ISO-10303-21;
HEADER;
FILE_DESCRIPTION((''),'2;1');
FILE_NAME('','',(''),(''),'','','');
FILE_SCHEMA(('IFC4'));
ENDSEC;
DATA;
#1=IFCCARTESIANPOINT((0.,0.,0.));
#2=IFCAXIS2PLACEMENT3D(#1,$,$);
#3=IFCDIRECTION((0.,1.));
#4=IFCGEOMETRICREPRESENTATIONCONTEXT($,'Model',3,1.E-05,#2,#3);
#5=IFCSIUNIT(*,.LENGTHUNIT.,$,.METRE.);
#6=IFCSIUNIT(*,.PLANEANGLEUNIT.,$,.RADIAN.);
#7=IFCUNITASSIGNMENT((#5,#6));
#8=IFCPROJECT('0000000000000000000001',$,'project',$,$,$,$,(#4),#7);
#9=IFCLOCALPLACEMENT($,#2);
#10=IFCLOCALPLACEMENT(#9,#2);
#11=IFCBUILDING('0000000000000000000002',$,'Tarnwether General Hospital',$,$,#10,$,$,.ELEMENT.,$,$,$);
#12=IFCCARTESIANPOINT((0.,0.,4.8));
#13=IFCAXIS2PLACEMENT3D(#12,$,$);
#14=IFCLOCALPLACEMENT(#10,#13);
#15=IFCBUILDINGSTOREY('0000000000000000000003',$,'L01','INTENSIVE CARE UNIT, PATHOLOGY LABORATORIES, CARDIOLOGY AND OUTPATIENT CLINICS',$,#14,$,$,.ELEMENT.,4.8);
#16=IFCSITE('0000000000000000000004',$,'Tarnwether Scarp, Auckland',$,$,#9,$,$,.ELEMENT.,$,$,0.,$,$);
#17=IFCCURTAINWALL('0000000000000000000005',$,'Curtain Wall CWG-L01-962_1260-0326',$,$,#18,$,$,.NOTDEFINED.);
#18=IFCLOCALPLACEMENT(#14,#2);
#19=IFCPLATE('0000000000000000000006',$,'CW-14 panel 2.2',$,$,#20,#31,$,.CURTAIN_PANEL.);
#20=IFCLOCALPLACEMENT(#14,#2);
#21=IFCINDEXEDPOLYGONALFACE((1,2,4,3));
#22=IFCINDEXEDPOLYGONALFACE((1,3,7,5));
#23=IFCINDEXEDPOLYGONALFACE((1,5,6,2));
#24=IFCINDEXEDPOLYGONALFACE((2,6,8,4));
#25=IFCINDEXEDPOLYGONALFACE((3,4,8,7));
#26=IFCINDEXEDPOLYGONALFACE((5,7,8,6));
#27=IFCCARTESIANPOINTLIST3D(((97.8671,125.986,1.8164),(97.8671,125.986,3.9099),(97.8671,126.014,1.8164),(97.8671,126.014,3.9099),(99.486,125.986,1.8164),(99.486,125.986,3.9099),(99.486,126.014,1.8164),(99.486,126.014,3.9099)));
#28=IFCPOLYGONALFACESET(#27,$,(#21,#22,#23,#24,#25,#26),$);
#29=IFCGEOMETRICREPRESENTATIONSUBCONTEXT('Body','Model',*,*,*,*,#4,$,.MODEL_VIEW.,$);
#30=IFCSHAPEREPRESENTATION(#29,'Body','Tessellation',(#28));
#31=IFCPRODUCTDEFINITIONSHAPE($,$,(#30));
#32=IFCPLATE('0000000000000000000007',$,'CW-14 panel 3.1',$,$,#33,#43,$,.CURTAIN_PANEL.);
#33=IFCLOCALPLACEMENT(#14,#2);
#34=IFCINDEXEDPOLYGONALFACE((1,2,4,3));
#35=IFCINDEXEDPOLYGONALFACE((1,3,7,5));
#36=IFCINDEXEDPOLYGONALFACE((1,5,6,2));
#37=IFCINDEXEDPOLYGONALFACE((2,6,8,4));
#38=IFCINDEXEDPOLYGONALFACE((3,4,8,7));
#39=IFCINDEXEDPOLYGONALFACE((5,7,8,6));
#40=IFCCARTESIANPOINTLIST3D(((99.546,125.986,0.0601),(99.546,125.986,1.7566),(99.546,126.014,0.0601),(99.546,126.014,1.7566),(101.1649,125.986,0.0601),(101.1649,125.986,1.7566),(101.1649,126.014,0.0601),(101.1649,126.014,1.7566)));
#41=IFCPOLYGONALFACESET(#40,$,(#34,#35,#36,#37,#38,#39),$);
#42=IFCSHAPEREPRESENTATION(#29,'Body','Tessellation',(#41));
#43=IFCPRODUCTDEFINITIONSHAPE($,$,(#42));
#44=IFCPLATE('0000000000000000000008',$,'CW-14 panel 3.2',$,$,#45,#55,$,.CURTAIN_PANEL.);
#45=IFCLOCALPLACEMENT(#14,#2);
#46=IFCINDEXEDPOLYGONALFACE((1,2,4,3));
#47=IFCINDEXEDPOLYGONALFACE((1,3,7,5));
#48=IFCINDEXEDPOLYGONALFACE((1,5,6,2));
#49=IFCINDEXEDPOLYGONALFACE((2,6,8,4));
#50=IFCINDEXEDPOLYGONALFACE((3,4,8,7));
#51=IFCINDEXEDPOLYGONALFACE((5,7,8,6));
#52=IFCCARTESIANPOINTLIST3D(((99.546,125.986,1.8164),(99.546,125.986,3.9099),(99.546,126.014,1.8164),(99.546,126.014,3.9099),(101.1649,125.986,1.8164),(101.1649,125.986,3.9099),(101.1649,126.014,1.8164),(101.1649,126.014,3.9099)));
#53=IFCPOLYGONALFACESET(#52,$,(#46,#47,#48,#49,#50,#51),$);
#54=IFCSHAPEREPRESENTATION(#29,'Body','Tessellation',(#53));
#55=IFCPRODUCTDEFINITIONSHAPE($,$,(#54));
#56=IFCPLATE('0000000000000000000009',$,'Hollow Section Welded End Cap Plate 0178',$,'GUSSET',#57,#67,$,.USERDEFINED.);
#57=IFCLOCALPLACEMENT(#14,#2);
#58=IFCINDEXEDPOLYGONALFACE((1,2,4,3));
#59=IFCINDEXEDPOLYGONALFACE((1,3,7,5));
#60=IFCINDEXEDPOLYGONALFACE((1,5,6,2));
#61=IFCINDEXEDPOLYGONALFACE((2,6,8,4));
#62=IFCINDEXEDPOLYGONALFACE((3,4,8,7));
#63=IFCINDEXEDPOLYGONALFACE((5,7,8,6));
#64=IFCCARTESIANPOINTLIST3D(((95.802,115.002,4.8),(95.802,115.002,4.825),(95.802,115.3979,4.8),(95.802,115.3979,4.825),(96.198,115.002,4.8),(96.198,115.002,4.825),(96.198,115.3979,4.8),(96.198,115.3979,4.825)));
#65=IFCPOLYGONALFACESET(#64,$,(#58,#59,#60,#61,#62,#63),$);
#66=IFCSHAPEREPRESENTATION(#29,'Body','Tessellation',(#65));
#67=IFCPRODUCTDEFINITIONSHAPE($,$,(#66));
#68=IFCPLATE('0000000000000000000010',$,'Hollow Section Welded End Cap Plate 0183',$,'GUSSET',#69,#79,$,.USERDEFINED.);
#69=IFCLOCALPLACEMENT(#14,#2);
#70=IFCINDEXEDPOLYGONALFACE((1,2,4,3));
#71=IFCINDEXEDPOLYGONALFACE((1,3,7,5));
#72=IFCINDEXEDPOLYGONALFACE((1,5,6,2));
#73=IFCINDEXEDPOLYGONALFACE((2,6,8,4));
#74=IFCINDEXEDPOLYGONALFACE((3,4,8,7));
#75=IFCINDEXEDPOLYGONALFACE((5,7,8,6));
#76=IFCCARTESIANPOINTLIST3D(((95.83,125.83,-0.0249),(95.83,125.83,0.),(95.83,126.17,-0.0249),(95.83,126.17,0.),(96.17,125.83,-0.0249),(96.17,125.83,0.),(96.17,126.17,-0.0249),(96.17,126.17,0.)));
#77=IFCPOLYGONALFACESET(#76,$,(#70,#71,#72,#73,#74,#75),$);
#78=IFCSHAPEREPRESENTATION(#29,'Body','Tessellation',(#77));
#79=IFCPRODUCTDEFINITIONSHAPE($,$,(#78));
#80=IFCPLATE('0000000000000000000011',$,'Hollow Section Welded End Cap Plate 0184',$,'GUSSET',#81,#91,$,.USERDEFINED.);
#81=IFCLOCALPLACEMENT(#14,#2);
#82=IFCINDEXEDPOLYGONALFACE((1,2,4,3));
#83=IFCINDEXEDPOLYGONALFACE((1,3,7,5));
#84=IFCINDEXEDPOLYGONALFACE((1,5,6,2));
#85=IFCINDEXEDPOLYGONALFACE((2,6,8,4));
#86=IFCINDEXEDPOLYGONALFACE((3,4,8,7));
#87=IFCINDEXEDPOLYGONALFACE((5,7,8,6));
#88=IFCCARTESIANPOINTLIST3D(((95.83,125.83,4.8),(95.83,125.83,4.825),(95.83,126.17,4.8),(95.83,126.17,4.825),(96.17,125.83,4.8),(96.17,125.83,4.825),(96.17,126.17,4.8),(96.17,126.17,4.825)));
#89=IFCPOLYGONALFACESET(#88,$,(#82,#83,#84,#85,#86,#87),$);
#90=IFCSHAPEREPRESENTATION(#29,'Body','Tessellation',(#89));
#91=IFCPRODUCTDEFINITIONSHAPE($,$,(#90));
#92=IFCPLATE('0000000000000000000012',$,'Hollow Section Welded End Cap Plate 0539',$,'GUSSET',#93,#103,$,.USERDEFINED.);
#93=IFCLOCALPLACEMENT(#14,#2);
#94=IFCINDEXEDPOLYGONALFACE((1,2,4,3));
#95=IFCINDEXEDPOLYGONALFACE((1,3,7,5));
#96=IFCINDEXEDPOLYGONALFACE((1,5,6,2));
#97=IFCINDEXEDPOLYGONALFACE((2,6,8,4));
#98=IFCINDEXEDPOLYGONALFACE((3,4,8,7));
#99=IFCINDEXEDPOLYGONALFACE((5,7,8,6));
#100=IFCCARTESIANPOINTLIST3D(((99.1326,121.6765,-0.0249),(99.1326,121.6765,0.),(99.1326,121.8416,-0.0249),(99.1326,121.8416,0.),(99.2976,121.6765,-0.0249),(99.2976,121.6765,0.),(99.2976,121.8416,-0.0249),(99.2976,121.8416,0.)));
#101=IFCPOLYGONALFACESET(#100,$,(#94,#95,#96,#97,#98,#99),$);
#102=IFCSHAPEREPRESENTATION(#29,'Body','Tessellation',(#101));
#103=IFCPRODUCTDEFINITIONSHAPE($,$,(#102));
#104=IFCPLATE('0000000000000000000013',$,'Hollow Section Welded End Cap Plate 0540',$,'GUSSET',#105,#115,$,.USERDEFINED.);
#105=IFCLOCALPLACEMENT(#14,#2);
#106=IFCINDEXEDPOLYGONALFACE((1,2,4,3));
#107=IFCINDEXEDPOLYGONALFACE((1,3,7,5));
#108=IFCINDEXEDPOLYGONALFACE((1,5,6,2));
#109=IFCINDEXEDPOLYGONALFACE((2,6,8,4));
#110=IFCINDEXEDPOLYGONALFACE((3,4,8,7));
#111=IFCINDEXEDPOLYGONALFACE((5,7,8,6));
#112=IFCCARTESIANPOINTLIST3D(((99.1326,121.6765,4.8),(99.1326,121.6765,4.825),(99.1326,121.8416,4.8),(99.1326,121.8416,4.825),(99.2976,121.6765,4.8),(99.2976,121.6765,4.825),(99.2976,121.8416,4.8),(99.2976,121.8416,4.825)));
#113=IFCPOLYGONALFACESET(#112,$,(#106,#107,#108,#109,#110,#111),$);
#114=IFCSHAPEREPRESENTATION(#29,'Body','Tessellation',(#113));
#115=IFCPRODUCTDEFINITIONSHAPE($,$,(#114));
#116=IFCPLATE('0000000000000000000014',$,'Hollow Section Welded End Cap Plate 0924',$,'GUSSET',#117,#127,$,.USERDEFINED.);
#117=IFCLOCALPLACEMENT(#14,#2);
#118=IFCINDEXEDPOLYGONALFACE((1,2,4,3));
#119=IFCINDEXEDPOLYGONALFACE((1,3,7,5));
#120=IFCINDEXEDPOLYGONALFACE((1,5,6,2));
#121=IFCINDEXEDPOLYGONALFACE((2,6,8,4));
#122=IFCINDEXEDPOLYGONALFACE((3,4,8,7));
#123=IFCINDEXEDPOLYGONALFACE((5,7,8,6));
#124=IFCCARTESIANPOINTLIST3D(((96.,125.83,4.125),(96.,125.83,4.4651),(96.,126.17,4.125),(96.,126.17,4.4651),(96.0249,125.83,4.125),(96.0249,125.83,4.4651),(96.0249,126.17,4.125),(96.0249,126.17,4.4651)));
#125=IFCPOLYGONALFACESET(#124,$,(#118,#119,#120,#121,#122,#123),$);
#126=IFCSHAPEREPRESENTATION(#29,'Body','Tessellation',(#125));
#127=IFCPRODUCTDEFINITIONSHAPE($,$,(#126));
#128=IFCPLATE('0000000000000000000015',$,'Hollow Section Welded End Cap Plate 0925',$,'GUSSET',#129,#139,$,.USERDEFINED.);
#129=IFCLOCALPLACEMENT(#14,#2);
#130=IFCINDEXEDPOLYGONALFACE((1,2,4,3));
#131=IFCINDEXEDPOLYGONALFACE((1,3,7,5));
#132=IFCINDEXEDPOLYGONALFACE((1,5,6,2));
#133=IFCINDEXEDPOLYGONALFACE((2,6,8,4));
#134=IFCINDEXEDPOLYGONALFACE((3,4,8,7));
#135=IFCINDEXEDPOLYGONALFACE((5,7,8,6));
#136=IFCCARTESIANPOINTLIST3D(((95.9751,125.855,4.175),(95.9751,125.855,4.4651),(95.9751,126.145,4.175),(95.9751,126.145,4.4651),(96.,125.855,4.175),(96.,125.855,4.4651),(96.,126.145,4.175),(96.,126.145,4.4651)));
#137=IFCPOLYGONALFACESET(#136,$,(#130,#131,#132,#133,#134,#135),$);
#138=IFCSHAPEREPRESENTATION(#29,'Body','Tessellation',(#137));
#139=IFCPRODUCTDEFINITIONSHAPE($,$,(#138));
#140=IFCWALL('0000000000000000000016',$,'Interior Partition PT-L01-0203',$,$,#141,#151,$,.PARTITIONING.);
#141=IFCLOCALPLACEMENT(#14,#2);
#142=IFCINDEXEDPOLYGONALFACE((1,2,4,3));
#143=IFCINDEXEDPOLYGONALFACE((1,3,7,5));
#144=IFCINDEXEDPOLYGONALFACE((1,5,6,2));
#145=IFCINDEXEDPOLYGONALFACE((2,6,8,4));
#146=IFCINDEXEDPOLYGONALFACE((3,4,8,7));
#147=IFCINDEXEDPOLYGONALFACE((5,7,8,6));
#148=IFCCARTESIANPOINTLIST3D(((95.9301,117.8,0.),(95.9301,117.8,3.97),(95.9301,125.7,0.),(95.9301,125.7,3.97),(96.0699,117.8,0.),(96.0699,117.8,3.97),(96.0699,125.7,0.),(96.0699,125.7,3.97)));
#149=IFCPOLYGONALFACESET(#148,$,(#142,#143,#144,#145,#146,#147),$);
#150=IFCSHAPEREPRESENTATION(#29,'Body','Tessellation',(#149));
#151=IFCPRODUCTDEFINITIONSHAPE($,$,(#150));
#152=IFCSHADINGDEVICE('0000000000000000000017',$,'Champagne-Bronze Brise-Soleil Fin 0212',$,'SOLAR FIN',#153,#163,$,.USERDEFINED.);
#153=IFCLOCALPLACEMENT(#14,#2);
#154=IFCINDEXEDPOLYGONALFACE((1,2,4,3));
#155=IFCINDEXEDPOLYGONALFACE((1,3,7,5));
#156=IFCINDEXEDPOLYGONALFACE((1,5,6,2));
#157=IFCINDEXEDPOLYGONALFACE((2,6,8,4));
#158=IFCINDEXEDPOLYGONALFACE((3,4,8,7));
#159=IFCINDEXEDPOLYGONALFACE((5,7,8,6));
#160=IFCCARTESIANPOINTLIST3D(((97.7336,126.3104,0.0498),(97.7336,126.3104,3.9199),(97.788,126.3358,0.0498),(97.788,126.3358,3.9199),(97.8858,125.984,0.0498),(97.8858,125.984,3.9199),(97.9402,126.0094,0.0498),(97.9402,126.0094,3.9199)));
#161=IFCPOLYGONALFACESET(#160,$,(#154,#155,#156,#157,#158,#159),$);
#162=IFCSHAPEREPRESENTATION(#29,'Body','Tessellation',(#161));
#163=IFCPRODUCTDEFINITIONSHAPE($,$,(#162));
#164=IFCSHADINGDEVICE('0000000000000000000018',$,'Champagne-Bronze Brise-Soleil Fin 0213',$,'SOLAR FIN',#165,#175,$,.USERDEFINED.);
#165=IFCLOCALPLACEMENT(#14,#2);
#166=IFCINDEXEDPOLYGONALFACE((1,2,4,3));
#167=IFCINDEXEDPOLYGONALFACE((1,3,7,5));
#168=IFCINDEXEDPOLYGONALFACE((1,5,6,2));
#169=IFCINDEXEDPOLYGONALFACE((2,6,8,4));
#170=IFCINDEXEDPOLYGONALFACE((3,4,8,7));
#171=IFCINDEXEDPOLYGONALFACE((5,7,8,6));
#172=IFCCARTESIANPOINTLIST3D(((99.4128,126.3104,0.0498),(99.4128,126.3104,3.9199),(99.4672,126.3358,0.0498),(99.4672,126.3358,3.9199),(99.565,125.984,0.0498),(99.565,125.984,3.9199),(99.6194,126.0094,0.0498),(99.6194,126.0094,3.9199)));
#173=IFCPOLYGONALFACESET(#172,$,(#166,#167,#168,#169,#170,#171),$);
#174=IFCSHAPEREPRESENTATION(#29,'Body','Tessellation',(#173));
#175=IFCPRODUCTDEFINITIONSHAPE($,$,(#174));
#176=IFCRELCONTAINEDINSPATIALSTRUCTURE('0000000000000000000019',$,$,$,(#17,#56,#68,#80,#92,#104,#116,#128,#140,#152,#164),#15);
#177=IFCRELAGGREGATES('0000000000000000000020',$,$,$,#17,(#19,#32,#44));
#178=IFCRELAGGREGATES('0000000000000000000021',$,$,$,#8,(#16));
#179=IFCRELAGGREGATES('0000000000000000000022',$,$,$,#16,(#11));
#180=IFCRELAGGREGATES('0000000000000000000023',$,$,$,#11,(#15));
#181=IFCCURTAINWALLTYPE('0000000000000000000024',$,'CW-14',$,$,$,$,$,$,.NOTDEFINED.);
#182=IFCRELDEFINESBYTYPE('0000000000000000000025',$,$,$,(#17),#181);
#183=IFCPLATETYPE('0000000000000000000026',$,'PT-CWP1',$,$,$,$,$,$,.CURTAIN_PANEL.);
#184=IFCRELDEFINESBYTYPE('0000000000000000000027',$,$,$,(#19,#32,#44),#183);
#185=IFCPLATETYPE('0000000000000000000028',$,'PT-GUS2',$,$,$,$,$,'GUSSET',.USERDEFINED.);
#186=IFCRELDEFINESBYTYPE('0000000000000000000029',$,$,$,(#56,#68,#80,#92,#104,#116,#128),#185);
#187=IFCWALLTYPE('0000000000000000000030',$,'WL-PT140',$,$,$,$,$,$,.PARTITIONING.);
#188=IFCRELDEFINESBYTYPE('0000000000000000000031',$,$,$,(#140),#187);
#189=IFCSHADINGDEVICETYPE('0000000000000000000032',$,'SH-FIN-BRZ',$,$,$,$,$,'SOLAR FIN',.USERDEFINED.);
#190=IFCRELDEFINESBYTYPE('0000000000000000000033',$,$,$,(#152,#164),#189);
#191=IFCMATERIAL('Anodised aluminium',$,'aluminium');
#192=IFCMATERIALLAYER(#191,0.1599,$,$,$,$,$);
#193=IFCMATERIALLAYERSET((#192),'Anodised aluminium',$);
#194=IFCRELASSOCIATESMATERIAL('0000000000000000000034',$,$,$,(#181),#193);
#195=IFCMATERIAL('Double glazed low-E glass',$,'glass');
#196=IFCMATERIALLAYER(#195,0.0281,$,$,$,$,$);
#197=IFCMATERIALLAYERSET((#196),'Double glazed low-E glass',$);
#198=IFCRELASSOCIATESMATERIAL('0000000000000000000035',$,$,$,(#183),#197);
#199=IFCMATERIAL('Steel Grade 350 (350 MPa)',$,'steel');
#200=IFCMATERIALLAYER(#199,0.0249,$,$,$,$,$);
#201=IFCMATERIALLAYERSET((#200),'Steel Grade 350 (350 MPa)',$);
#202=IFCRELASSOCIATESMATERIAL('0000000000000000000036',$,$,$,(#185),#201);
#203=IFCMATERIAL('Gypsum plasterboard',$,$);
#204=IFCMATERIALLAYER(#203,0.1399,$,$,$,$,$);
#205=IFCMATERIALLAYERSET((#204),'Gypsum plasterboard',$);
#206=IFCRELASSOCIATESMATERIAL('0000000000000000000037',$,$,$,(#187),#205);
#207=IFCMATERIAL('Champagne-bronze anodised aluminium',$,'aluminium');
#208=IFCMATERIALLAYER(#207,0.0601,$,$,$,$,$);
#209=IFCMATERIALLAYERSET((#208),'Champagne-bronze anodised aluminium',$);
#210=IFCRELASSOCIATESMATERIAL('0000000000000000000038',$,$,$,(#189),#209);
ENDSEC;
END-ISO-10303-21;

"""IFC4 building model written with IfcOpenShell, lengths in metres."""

from ifc_helpers import new_model, si_unit, direction, frame, frame_2d, origin, origin_2d, place, context, subcontext, project, spatial, rectangle, extrude, material, layer, layer_set, type_object, element, aggregate, save


model = new_model("IFC4")

# Units and contexts
model_context = context("Model", 3, precision=1e-05, world=origin(), true_north=direction((0.0, 1.0)))
body_context = subcontext(model_context, "Body", "Model", "MODEL_VIEW")
ifc_project = project(units=[si_unit("LENGTHUNIT", "METRE"), si_unit("PLANEANGLEUNIT", "RADIAN")], contexts=[model_context])

# Site, building, storey
site_placement = place(None, origin())
site = spatial("IfcSite", under=ifc_project, at=site_placement, Name="Tarnwether Scarp, Auckland", CompositionType="ELEMENT", RefElevation=0.0)
building_placement = place(site_placement, origin())
building = spatial("IfcBuilding", under=site, at=building_placement, Name="Tarnwether General Hospital", CompositionType="ELEMENT")
storey_placement = place(building_placement, frame((0.0, 0.0, 4.8)))
storey = spatial("IfcBuildingStorey", under=building, at=storey_placement, Name="L01", Description="INTENSIVE CARE UNIT, PATHOLOGY LABORATORIES, CARDIOLOGY AND OUTPATIENT CLINICS", CompositionType="ELEMENT", Elevation=4.8)

# Shared definitions
ifc_material_1 = material(Name="Anodised aluminium", Category="aluminium")
ifc_layer_1 = layer(ifc_material_1, 0.1599)
ifc_layer_set_1 = layer_set([ifc_layer_1], Name="Anodised aluminium")
curtain_wall_type = type_object("IfcCurtainWallType", Name="CW-14", PredefinedType="NOTDEFINED", material=ifc_layer_set_1)

# Curtain wall
curtain_wall_1_placement = place(storey_placement, origin())
curtain_wall_1 = element("IfcCurtainWall", 1, at=curtain_wall_1_placement, inside=storey, type_object=curtain_wall_type, Name="Curtain Wall CWG-L01-962_1260-0326", PredefinedType="NOTDEFINED")

# Plates
ifc_material_2 = material(Name="Double glazed low-E glass", Category="glass")
ifc_layer_2 = layer(ifc_material_2, 0.0281)
ifc_layer_set_2 = layer_set([ifc_layer_2], Name="Double glazed low-E glass")
plate_type_1 = type_object("IfcPlateType", Name="PT-CWP1", PredefinedType="CURTAIN_PANEL", material=ifc_layer_set_2)
plate_1_placement = place(storey_placement, frame((98.6765, 126.0, 1.8164), z_axis=(0.0, 0.0, 1.0), x_axis=(1.0, 0.0, 0.0)))
plate_1 = element("IfcPlate", 2, at=plate_1_placement, type_object=plate_type_1, Name="CW-14 panel 2.2", PredefinedType="CURTAIN_PANEL", context=body_context, shape_type="SweptSolid", body=[
    extrude(rectangle(XDim=1.6189, YDim=0.0281, at=origin_2d()), origin(), (0.0, 0.0, 1.0), 2.0935),
])
plate_2_placement = place(storey_placement, frame((100.3555, 126.0, 0.0601), z_axis=(0.0, 0.0, 1.0), x_axis=(1.0, 0.0, 0.0)))
plate_2 = element("IfcPlate", 3, at=plate_2_placement, type_object=plate_type_1, Name="CW-14 panel 3.1", PredefinedType="CURTAIN_PANEL", context=body_context, shape_type="SweptSolid", body=[
    extrude(rectangle(XDim=1.6189, YDim=0.0281, at=origin_2d()), origin(), (0.0, 0.0, 1.0), 1.6965),
])
plate_3_placement = place(storey_placement, frame((100.3555, 126.0, 1.8164), z_axis=(0.0, 0.0, 1.0), x_axis=(1.0, 0.0, 0.0)))
plate_3 = element("IfcPlate", 4, at=plate_3_placement, type_object=plate_type_1, Name="CW-14 panel 3.2", PredefinedType="CURTAIN_PANEL", context=body_context, shape_type="SweptSolid", body=[
    extrude(rectangle(XDim=1.6189, YDim=0.0281, at=origin_2d()), origin(), (0.0, 0.0, 1.0), 2.0935),
])
aggregate(curtain_wall_1, [plate_1, plate_2, plate_3])

# Plates
ifc_material_3 = material(Name="Steel Grade 350 (350 MPa)", Category="steel")
ifc_layer_3 = layer(ifc_material_3, 0.0249)
ifc_layer_set_3 = layer_set([ifc_layer_3], Name="Steel Grade 350 (350 MPa)")
plate_type_2 = type_object("IfcPlateType", Name="PT-GUS2", ElementType="GUSSET", PredefinedType="USERDEFINED", material=ifc_layer_set_3)
plate_4_placement = place(storey_placement, frame((96.0, 115.2, 4.8), z_axis=(0.0, 0.0, 1.0), x_axis=(1.0, 0.0, 0.0)))
element("IfcPlate", 5, at=plate_4_placement, inside=storey, type_object=plate_type_2, Name="Hollow Section Welded End Cap Plate 0178", ObjectType="GUSSET", PredefinedType="USERDEFINED", context=body_context, shape_type="SweptSolid", body=[
    extrude(rectangle(XDim=0.396, YDim=0.396, at=origin_2d()), origin(), (0.0, 0.0, 1.0), 0.0249),
])
for number, where, z_axis, x_axis, name in (
    (6, (96.0, 126.0, -0.0249), (0.0, 0.0, 1.0), (1.0, 0.0, 0.0), "Hollow Section Welded End Cap Plate 0183"),
    (7, (96.0, 126.0, 4.8), (0.0, 0.0, 1.0), (1.0, 0.0, 0.0), "Hollow Section Welded End Cap Plate 0184"),
):
    element("IfcPlate", number, at=place(storey_placement, frame(where, z_axis=z_axis, x_axis=x_axis)), inside=storey, type_object=plate_type_2, Name=name, ObjectType="GUSSET", PredefinedType="USERDEFINED", context=body_context, shape_type="SweptSolid", body=[
        extrude(rectangle(XDim=0.3401, YDim=0.3401, at=origin_2d()), origin(), (0.0, 0.0, 1.0), 0.0249),
    ])
for number, where, z_axis, x_axis, name in (
    (8, (99.2151, 121.759, -0.0249), (0.0, 0.0, 1.0), (1.0, 0.0, 0.0), "Hollow Section Welded End Cap Plate 0539"),
    (9, (99.2151, 121.759, 4.8), (0.0, 0.0, 1.0), (1.0, 0.0, 0.0), "Hollow Section Welded End Cap Plate 0540"),
):
    element("IfcPlate", number, at=place(storey_placement, frame(where, z_axis=z_axis, x_axis=x_axis)), inside=storey, type_object=plate_type_2, Name=name, ObjectType="GUSSET", PredefinedType="USERDEFINED", context=body_context, shape_type="SweptSolid", body=[
        extrude(rectangle(XDim=0.165, YDim=0.165, at=origin_2d()), origin(), (0.0, 0.0, 1.0), 0.0249),
    ])
plate_5_placement = place(storey_placement, frame((96.0125, 126.0, 4.125), z_axis=(0.0, 0.0, 1.0), x_axis=(1.0, 0.0, 0.0)))
element("IfcPlate", 10, at=plate_5_placement, inside=storey, type_object=plate_type_2, Name="Hollow Section Welded End Cap Plate 0924", ObjectType="GUSSET", PredefinedType="USERDEFINED", context=body_context, shape_type="SweptSolid", body=[
    extrude(rectangle(XDim=0.0249, YDim=0.3401, at=origin_2d()), origin(), (0.0, 0.0, 1.0), 0.3401),
])
plate_6_placement = place(storey_placement, frame((95.9875, 126.0, 4.175), z_axis=(0.0, 0.0, 1.0), x_axis=(1.0, 0.0, 0.0)))
element("IfcPlate", 11, at=plate_6_placement, inside=storey, type_object=plate_type_2, Name="Hollow Section Welded End Cap Plate 0925", ObjectType="GUSSET", PredefinedType="USERDEFINED", context=body_context, shape_type="SweptSolid", body=[
    extrude(rectangle(XDim=0.0249, YDim=0.29, at=origin_2d()), origin(), (0.0, 0.0, 1.0), 0.29),
])

# Wall
ifc_material_4 = material(Name="Gypsum plasterboard")
ifc_layer_4 = layer(ifc_material_4, 0.1399)
ifc_layer_set_4 = layer_set([ifc_layer_4], Name="Gypsum plasterboard")
wall_type = type_object("IfcWallType", Name="WL-PT140", PredefinedType="PARTITIONING", material=ifc_layer_set_4)
wall_placement = place(storey_placement, frame((96.0, 117.8, 0.0), z_axis=(0.0, 0.0, 1.0), x_axis=(0.0, 1.0, 0.0)))
element("IfcWall", 12, at=wall_placement, inside=storey, type_object=wall_type, Name="Interior Partition PT-L01-0203", PredefinedType="PARTITIONING", context=body_context, shape_type="SweptSolid", body=[
    extrude(rectangle(XDim=7.8999, YDim=0.1399, at=frame_2d((3.95, 0.0))), origin(), (0.0, 0.0, 1.0), 3.97),
])

# Shading devices
ifc_material_5 = material(Name="Champagne-bronze anodised aluminium", Category="aluminium")
ifc_layer_5 = layer(ifc_material_5, 0.0601)
ifc_layer_set_5 = layer_set([ifc_layer_5], Name="Champagne-bronze anodised aluminium")
shading_device_type = type_object("IfcShadingDeviceType", Name="SH-FIN-BRZ", ElementType="SOLAR FIN", PredefinedType="USERDEFINED", material=ifc_layer_set_5)
for number, where, z_axis, x_axis, name in (
    (13, (97.8369, 126.1599, 0.0498), (0.0, 0.0, 1.0), (0.906308, 0.422618, 0.0), "Champagne-Bronze Brise-Soleil Fin 0212"),
    (14, (99.5161, 126.1599, 0.0498), (0.0, 0.0, 1.0), (0.906308, 0.422618, 0.0), "Champagne-Bronze Brise-Soleil Fin 0213"),
):
    element("IfcShadingDevice", number, at=place(storey_placement, frame(where, z_axis=z_axis, x_axis=x_axis)), inside=storey, type_object=shading_device_type, Name=name, ObjectType="SOLAR FIN", PredefinedType="USERDEFINED", context=body_context, shape_type="SweptSolid", body=[
        extrude(rectangle(XDim=0.0601, YDim=0.3601, at=origin_2d()), origin(), (0.0, 0.0, 1.0), 3.8701),
    ])

save(model, "model.ifc")
